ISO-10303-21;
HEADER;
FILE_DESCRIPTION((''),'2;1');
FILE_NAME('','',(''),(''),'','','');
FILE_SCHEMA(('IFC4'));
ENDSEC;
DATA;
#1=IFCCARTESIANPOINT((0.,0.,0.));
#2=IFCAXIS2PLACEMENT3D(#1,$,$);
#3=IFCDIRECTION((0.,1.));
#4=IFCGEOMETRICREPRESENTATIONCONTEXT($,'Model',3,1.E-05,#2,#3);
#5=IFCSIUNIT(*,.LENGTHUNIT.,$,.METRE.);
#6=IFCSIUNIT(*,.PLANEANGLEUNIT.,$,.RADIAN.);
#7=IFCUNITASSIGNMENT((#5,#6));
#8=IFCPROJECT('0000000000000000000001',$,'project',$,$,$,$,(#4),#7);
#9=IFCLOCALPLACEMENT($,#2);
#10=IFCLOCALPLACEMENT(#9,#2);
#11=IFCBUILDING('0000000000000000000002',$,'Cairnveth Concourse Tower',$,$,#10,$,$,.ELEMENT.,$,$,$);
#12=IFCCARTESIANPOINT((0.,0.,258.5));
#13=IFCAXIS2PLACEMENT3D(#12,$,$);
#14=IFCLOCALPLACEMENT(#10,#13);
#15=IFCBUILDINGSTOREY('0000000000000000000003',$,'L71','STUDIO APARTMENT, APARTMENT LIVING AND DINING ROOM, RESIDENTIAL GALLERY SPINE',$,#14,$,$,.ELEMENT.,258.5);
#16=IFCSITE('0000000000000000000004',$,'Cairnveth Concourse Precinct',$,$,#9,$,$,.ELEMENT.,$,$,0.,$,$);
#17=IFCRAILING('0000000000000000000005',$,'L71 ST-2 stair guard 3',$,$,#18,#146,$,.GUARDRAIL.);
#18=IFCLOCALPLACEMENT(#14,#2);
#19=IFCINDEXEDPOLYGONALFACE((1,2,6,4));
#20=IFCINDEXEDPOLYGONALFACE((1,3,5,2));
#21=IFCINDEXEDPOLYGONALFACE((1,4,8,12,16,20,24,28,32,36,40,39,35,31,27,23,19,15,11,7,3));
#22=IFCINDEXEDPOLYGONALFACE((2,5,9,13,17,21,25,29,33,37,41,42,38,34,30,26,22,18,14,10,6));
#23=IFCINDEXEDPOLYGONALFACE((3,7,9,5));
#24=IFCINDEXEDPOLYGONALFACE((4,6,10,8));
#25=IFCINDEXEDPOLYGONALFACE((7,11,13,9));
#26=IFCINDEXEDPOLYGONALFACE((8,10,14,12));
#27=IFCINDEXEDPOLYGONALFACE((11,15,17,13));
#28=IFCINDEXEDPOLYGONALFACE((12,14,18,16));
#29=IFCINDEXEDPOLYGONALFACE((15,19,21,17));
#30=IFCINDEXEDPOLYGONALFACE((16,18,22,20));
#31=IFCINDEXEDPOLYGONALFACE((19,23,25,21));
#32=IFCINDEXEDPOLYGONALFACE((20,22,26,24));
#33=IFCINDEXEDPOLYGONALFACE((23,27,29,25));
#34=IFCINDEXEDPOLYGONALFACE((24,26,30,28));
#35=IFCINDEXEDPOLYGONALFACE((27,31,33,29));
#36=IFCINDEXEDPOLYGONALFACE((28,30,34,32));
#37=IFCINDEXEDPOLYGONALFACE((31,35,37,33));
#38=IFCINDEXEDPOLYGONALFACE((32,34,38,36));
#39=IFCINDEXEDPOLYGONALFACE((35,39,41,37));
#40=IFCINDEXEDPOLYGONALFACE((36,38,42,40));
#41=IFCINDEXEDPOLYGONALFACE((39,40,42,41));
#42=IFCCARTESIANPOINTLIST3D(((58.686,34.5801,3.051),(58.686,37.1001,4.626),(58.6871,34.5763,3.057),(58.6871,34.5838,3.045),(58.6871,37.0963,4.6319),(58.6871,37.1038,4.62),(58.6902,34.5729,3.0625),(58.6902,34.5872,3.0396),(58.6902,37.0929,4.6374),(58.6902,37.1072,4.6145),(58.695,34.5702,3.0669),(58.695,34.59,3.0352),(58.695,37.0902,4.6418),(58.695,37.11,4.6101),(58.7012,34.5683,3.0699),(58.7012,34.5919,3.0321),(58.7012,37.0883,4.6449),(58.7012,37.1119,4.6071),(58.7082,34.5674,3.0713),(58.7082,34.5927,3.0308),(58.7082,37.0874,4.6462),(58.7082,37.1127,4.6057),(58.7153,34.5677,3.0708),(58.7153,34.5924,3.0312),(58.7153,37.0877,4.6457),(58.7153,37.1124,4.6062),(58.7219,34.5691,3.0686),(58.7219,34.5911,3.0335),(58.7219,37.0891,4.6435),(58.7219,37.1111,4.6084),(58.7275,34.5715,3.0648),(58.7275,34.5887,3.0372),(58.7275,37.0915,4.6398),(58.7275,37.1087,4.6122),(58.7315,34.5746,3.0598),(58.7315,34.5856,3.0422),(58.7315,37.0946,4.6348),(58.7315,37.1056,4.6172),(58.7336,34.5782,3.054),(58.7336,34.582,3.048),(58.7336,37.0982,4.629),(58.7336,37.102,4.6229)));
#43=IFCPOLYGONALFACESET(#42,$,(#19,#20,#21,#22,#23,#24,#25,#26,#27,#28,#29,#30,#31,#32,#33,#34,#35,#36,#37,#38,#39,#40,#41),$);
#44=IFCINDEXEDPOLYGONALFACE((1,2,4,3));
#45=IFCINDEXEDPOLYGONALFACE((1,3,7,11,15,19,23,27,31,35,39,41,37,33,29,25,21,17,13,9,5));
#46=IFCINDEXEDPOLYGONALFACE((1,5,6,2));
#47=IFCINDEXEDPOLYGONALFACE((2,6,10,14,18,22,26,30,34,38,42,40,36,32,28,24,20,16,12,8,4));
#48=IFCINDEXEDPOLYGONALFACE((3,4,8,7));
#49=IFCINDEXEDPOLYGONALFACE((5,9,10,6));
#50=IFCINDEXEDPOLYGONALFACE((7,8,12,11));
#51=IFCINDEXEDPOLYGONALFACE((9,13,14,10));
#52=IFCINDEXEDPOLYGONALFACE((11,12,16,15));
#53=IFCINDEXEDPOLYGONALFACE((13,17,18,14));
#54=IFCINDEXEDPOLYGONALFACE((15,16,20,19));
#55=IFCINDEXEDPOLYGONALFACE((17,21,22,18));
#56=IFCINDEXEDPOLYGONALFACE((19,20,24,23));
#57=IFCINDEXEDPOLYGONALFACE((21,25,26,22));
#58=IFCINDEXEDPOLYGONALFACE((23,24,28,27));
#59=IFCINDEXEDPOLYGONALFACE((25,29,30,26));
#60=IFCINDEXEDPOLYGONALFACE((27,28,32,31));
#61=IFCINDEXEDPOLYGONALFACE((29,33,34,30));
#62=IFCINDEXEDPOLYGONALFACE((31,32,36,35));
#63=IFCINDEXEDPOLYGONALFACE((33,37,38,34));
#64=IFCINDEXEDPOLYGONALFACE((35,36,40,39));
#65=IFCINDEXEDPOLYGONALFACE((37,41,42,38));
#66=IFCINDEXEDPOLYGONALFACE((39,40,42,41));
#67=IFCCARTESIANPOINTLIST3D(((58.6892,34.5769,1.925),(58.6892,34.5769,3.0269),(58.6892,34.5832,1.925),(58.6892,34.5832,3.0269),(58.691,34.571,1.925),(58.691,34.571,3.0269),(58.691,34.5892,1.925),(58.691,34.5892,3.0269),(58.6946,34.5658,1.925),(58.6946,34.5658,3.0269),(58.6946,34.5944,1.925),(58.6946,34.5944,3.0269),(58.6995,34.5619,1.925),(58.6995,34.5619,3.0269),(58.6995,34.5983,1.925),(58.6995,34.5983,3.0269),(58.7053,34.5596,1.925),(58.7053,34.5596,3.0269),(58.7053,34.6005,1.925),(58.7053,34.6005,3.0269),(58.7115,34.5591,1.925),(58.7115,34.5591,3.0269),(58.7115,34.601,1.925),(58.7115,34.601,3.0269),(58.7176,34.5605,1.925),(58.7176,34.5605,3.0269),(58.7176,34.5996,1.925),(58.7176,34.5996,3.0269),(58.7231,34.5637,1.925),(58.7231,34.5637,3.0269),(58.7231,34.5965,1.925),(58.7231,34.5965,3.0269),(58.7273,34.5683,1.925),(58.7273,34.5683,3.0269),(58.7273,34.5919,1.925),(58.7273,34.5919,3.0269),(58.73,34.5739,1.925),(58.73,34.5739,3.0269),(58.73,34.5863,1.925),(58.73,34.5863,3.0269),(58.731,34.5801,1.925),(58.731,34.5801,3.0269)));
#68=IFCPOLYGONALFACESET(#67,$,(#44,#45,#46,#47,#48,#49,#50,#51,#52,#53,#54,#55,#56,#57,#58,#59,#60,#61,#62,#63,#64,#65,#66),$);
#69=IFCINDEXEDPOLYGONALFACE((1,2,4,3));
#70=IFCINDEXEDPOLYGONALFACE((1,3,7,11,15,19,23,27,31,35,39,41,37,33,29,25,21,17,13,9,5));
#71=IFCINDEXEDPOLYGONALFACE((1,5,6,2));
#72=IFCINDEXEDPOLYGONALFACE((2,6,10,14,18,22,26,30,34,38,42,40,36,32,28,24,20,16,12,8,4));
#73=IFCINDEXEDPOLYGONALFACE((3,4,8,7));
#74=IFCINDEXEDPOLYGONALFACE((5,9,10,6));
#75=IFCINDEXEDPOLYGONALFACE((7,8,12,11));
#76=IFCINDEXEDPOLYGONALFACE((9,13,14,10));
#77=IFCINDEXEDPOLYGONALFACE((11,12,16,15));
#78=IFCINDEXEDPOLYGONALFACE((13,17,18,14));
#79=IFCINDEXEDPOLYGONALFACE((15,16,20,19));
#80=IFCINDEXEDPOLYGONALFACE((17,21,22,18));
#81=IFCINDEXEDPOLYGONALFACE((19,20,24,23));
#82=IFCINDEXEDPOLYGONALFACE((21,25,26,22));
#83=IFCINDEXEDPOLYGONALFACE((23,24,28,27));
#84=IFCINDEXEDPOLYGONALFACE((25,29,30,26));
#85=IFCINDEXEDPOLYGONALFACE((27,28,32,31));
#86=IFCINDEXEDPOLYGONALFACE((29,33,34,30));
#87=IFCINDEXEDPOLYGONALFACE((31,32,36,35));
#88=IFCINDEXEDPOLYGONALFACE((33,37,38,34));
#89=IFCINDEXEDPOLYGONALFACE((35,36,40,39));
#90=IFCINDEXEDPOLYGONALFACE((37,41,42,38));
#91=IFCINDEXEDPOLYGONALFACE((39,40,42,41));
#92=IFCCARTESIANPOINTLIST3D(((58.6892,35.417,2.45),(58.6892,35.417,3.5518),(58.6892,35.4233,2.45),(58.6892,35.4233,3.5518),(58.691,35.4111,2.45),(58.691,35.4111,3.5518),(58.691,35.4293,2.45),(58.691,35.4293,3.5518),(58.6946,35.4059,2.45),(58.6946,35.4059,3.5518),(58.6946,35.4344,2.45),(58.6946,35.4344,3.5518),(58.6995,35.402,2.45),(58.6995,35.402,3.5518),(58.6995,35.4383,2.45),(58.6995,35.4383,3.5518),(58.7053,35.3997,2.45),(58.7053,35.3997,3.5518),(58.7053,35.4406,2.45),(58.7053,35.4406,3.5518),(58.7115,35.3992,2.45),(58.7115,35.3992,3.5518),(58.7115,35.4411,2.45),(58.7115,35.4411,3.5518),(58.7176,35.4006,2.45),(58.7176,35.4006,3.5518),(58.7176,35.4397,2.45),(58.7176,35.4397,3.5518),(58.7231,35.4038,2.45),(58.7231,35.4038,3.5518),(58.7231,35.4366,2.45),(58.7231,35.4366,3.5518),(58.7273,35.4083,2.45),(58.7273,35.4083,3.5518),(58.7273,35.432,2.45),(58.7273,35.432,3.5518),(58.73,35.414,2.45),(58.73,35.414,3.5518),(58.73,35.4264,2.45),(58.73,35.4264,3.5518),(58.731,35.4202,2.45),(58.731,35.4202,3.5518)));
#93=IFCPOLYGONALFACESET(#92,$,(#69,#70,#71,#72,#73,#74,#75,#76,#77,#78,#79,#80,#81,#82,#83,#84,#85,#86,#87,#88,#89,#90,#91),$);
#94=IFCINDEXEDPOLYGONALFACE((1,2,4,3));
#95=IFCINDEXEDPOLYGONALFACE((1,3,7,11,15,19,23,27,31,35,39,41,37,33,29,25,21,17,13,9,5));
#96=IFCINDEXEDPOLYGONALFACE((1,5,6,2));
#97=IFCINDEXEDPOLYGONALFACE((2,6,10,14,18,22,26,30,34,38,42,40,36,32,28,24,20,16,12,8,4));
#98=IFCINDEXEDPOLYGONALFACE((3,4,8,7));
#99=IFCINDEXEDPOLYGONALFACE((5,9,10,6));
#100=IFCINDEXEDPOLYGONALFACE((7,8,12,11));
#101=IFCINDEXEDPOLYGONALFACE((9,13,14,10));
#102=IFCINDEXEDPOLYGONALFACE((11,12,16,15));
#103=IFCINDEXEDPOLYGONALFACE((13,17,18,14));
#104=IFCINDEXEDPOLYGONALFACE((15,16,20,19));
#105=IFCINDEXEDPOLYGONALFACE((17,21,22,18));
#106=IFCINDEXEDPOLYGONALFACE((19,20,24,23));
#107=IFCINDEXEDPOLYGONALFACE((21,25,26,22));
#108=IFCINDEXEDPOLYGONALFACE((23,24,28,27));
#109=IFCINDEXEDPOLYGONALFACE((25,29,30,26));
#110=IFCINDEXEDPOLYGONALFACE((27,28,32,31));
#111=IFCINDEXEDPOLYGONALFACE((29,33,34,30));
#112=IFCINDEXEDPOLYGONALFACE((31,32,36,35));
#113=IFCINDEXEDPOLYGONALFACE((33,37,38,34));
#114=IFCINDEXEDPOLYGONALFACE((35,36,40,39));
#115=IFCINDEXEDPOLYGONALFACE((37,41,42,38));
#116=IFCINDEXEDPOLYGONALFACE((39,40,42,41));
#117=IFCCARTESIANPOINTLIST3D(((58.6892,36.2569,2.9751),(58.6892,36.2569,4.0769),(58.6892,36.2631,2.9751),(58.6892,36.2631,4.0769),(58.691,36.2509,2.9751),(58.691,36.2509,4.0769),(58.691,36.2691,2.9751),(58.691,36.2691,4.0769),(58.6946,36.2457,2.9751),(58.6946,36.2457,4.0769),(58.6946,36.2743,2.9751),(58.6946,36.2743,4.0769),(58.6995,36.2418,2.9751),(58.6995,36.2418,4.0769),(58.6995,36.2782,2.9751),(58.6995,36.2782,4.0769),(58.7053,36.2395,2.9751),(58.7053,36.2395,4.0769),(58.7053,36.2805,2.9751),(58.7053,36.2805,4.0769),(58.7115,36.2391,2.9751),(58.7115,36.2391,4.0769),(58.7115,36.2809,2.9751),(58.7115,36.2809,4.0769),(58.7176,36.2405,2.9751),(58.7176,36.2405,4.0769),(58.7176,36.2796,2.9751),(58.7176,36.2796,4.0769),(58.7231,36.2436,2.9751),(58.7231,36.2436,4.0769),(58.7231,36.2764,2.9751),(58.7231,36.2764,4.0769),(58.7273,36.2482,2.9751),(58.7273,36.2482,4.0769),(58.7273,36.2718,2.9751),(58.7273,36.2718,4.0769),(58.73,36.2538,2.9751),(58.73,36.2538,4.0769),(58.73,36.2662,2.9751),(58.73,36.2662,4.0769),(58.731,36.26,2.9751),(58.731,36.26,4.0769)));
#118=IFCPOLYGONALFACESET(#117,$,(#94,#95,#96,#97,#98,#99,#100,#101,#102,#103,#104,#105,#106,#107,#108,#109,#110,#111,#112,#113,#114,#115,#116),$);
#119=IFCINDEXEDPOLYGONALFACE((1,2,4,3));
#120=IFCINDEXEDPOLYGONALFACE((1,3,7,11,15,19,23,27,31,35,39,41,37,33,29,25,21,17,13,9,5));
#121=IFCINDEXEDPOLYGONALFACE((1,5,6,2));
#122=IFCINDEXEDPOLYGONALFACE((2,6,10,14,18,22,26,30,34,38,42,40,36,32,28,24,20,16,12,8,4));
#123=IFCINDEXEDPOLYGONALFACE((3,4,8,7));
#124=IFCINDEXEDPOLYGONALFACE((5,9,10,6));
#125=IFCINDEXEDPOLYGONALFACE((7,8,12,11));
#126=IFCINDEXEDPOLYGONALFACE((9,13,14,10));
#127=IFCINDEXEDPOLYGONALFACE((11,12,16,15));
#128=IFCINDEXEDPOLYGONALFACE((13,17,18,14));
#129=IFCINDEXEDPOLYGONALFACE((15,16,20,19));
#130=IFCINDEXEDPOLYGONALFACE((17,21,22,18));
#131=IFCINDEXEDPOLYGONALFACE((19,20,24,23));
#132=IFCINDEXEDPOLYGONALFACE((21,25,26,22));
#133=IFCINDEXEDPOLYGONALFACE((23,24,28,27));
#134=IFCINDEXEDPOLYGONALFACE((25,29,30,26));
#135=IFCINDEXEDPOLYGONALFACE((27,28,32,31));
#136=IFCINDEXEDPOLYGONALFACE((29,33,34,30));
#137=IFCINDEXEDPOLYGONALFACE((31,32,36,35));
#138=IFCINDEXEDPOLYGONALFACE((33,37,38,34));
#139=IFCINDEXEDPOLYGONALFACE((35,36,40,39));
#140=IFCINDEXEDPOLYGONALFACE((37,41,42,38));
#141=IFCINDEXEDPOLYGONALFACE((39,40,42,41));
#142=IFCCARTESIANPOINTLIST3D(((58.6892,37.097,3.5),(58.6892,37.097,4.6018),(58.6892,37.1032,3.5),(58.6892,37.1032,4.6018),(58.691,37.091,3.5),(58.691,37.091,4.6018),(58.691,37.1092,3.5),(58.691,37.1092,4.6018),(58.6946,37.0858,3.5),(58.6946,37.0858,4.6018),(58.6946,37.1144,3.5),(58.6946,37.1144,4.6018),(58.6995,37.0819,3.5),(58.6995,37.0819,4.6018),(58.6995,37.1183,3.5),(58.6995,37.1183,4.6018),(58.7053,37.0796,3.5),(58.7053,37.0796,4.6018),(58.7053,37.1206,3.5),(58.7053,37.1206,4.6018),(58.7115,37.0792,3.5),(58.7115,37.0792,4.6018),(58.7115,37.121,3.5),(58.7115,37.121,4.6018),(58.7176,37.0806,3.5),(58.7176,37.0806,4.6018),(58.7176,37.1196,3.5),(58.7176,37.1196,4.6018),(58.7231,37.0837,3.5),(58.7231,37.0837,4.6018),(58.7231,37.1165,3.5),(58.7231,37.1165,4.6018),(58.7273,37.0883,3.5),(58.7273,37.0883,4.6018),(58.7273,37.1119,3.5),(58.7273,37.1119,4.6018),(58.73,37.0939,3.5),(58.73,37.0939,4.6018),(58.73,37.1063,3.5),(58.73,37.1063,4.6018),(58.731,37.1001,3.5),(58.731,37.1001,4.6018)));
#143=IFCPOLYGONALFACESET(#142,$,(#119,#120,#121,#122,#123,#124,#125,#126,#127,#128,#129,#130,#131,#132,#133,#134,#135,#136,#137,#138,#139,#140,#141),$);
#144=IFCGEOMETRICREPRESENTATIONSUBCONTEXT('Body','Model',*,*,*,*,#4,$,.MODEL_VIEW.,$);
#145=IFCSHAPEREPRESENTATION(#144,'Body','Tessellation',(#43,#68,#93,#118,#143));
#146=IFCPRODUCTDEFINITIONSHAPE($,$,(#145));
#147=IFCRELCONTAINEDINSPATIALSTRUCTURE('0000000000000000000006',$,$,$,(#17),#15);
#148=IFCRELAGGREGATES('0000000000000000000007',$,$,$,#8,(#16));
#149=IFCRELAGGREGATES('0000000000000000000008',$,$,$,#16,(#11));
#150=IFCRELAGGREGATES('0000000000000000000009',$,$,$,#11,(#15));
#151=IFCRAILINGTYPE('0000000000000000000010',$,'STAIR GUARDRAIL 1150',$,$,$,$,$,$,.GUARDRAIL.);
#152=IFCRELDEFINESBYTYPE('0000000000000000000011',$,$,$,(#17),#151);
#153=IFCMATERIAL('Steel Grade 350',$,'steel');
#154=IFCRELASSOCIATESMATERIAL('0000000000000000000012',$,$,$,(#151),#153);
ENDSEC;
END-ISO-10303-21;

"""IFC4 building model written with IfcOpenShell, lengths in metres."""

from ifc_helpers import new_model, si_unit, direction, frame, origin, origin_2d, place, context, subcontext, project, spatial, circle, extrude, material, type_object, element, save


model = new_model("IFC4")

# Units and contexts
model_context = context("Model", 3, precision=1e-05, world=origin(), true_north=direction((0.0, 1.0)))
body_context = subcontext(model_context, "Body", "Model", "MODEL_VIEW")
ifc_project = project(units=[si_unit("LENGTHUNIT", "METRE"), si_unit("PLANEANGLEUNIT", "RADIAN")], contexts=[model_context])

# Site, building, storey
site_placement = place(None, origin())
site = spatial("IfcSite", under=ifc_project, at=site_placement, Name="Cairnveth Concourse Precinct", CompositionType="ELEMENT", RefElevation=0.0)
building_placement = place(site_placement, origin())
building = spatial("IfcBuilding", under=site, at=building_placement, Name="Cairnveth Concourse Tower", CompositionType="ELEMENT")
storey_placement = place(building_placement, frame((0.0, 0.0, 258.5)))
storey = spatial("IfcBuildingStorey", under=building, at=storey_placement, Name="L71", Description="STUDIO APARTMENT, APARTMENT LIVING AND DINING ROOM, RESIDENTIAL GALLERY SPINE", CompositionType="ELEMENT", Elevation=258.5)

# Shared definitions
ifc_material_1 = material(Name="Steel Grade 350", Category="steel")

# Railing
railing_type_1 = type_object("IfcRailingType", Name="STAIR GUARDRAIL 1150", PredefinedType="GUARDRAIL", material=ifc_material_1)
railing_1_placement = place(storey_placement, frame((58.71, 34.5801, 1.925)))
element("IfcRailing", 1, at=railing_1_placement, inside=storey, type_object=railing_type_1, Name="L71 ST-2 stair guard 3", PredefinedType="GUARDRAIL", context=body_context, shape_type="SweptSolid", body=[
    extrude(circle(Radius=0.0239, at=origin_2d()), frame((0.0, 0.0, 1.126), z_axis=(0.0, 0.848008, 0.529984), x_axis=(-1.0, 0.0, 0.0)), (0.0, 0.0, 1.0), 2.9717),
    extrude(circle(Radius=0.021, at=origin_2d()), origin(), (0.0, 0.0, 1.0), 1.1018),
    extrude(circle(Radius=0.021, at=origin_2d()), frame((0.0, 0.8401, 0.5249)), (0.0, 0.0, 1.0), 1.1018),
    extrude(circle(Radius=0.021, at=origin_2d()), frame((0.0, 1.6799, 1.05)), (0.0, 0.0, 1.0), 1.1018),
    extrude(circle(Radius=0.021, at=origin_2d()), frame((0.0, 2.52, 1.575)), (0.0, 0.0, 1.0), 1.1018),
])

save(model, "model.ifc")
